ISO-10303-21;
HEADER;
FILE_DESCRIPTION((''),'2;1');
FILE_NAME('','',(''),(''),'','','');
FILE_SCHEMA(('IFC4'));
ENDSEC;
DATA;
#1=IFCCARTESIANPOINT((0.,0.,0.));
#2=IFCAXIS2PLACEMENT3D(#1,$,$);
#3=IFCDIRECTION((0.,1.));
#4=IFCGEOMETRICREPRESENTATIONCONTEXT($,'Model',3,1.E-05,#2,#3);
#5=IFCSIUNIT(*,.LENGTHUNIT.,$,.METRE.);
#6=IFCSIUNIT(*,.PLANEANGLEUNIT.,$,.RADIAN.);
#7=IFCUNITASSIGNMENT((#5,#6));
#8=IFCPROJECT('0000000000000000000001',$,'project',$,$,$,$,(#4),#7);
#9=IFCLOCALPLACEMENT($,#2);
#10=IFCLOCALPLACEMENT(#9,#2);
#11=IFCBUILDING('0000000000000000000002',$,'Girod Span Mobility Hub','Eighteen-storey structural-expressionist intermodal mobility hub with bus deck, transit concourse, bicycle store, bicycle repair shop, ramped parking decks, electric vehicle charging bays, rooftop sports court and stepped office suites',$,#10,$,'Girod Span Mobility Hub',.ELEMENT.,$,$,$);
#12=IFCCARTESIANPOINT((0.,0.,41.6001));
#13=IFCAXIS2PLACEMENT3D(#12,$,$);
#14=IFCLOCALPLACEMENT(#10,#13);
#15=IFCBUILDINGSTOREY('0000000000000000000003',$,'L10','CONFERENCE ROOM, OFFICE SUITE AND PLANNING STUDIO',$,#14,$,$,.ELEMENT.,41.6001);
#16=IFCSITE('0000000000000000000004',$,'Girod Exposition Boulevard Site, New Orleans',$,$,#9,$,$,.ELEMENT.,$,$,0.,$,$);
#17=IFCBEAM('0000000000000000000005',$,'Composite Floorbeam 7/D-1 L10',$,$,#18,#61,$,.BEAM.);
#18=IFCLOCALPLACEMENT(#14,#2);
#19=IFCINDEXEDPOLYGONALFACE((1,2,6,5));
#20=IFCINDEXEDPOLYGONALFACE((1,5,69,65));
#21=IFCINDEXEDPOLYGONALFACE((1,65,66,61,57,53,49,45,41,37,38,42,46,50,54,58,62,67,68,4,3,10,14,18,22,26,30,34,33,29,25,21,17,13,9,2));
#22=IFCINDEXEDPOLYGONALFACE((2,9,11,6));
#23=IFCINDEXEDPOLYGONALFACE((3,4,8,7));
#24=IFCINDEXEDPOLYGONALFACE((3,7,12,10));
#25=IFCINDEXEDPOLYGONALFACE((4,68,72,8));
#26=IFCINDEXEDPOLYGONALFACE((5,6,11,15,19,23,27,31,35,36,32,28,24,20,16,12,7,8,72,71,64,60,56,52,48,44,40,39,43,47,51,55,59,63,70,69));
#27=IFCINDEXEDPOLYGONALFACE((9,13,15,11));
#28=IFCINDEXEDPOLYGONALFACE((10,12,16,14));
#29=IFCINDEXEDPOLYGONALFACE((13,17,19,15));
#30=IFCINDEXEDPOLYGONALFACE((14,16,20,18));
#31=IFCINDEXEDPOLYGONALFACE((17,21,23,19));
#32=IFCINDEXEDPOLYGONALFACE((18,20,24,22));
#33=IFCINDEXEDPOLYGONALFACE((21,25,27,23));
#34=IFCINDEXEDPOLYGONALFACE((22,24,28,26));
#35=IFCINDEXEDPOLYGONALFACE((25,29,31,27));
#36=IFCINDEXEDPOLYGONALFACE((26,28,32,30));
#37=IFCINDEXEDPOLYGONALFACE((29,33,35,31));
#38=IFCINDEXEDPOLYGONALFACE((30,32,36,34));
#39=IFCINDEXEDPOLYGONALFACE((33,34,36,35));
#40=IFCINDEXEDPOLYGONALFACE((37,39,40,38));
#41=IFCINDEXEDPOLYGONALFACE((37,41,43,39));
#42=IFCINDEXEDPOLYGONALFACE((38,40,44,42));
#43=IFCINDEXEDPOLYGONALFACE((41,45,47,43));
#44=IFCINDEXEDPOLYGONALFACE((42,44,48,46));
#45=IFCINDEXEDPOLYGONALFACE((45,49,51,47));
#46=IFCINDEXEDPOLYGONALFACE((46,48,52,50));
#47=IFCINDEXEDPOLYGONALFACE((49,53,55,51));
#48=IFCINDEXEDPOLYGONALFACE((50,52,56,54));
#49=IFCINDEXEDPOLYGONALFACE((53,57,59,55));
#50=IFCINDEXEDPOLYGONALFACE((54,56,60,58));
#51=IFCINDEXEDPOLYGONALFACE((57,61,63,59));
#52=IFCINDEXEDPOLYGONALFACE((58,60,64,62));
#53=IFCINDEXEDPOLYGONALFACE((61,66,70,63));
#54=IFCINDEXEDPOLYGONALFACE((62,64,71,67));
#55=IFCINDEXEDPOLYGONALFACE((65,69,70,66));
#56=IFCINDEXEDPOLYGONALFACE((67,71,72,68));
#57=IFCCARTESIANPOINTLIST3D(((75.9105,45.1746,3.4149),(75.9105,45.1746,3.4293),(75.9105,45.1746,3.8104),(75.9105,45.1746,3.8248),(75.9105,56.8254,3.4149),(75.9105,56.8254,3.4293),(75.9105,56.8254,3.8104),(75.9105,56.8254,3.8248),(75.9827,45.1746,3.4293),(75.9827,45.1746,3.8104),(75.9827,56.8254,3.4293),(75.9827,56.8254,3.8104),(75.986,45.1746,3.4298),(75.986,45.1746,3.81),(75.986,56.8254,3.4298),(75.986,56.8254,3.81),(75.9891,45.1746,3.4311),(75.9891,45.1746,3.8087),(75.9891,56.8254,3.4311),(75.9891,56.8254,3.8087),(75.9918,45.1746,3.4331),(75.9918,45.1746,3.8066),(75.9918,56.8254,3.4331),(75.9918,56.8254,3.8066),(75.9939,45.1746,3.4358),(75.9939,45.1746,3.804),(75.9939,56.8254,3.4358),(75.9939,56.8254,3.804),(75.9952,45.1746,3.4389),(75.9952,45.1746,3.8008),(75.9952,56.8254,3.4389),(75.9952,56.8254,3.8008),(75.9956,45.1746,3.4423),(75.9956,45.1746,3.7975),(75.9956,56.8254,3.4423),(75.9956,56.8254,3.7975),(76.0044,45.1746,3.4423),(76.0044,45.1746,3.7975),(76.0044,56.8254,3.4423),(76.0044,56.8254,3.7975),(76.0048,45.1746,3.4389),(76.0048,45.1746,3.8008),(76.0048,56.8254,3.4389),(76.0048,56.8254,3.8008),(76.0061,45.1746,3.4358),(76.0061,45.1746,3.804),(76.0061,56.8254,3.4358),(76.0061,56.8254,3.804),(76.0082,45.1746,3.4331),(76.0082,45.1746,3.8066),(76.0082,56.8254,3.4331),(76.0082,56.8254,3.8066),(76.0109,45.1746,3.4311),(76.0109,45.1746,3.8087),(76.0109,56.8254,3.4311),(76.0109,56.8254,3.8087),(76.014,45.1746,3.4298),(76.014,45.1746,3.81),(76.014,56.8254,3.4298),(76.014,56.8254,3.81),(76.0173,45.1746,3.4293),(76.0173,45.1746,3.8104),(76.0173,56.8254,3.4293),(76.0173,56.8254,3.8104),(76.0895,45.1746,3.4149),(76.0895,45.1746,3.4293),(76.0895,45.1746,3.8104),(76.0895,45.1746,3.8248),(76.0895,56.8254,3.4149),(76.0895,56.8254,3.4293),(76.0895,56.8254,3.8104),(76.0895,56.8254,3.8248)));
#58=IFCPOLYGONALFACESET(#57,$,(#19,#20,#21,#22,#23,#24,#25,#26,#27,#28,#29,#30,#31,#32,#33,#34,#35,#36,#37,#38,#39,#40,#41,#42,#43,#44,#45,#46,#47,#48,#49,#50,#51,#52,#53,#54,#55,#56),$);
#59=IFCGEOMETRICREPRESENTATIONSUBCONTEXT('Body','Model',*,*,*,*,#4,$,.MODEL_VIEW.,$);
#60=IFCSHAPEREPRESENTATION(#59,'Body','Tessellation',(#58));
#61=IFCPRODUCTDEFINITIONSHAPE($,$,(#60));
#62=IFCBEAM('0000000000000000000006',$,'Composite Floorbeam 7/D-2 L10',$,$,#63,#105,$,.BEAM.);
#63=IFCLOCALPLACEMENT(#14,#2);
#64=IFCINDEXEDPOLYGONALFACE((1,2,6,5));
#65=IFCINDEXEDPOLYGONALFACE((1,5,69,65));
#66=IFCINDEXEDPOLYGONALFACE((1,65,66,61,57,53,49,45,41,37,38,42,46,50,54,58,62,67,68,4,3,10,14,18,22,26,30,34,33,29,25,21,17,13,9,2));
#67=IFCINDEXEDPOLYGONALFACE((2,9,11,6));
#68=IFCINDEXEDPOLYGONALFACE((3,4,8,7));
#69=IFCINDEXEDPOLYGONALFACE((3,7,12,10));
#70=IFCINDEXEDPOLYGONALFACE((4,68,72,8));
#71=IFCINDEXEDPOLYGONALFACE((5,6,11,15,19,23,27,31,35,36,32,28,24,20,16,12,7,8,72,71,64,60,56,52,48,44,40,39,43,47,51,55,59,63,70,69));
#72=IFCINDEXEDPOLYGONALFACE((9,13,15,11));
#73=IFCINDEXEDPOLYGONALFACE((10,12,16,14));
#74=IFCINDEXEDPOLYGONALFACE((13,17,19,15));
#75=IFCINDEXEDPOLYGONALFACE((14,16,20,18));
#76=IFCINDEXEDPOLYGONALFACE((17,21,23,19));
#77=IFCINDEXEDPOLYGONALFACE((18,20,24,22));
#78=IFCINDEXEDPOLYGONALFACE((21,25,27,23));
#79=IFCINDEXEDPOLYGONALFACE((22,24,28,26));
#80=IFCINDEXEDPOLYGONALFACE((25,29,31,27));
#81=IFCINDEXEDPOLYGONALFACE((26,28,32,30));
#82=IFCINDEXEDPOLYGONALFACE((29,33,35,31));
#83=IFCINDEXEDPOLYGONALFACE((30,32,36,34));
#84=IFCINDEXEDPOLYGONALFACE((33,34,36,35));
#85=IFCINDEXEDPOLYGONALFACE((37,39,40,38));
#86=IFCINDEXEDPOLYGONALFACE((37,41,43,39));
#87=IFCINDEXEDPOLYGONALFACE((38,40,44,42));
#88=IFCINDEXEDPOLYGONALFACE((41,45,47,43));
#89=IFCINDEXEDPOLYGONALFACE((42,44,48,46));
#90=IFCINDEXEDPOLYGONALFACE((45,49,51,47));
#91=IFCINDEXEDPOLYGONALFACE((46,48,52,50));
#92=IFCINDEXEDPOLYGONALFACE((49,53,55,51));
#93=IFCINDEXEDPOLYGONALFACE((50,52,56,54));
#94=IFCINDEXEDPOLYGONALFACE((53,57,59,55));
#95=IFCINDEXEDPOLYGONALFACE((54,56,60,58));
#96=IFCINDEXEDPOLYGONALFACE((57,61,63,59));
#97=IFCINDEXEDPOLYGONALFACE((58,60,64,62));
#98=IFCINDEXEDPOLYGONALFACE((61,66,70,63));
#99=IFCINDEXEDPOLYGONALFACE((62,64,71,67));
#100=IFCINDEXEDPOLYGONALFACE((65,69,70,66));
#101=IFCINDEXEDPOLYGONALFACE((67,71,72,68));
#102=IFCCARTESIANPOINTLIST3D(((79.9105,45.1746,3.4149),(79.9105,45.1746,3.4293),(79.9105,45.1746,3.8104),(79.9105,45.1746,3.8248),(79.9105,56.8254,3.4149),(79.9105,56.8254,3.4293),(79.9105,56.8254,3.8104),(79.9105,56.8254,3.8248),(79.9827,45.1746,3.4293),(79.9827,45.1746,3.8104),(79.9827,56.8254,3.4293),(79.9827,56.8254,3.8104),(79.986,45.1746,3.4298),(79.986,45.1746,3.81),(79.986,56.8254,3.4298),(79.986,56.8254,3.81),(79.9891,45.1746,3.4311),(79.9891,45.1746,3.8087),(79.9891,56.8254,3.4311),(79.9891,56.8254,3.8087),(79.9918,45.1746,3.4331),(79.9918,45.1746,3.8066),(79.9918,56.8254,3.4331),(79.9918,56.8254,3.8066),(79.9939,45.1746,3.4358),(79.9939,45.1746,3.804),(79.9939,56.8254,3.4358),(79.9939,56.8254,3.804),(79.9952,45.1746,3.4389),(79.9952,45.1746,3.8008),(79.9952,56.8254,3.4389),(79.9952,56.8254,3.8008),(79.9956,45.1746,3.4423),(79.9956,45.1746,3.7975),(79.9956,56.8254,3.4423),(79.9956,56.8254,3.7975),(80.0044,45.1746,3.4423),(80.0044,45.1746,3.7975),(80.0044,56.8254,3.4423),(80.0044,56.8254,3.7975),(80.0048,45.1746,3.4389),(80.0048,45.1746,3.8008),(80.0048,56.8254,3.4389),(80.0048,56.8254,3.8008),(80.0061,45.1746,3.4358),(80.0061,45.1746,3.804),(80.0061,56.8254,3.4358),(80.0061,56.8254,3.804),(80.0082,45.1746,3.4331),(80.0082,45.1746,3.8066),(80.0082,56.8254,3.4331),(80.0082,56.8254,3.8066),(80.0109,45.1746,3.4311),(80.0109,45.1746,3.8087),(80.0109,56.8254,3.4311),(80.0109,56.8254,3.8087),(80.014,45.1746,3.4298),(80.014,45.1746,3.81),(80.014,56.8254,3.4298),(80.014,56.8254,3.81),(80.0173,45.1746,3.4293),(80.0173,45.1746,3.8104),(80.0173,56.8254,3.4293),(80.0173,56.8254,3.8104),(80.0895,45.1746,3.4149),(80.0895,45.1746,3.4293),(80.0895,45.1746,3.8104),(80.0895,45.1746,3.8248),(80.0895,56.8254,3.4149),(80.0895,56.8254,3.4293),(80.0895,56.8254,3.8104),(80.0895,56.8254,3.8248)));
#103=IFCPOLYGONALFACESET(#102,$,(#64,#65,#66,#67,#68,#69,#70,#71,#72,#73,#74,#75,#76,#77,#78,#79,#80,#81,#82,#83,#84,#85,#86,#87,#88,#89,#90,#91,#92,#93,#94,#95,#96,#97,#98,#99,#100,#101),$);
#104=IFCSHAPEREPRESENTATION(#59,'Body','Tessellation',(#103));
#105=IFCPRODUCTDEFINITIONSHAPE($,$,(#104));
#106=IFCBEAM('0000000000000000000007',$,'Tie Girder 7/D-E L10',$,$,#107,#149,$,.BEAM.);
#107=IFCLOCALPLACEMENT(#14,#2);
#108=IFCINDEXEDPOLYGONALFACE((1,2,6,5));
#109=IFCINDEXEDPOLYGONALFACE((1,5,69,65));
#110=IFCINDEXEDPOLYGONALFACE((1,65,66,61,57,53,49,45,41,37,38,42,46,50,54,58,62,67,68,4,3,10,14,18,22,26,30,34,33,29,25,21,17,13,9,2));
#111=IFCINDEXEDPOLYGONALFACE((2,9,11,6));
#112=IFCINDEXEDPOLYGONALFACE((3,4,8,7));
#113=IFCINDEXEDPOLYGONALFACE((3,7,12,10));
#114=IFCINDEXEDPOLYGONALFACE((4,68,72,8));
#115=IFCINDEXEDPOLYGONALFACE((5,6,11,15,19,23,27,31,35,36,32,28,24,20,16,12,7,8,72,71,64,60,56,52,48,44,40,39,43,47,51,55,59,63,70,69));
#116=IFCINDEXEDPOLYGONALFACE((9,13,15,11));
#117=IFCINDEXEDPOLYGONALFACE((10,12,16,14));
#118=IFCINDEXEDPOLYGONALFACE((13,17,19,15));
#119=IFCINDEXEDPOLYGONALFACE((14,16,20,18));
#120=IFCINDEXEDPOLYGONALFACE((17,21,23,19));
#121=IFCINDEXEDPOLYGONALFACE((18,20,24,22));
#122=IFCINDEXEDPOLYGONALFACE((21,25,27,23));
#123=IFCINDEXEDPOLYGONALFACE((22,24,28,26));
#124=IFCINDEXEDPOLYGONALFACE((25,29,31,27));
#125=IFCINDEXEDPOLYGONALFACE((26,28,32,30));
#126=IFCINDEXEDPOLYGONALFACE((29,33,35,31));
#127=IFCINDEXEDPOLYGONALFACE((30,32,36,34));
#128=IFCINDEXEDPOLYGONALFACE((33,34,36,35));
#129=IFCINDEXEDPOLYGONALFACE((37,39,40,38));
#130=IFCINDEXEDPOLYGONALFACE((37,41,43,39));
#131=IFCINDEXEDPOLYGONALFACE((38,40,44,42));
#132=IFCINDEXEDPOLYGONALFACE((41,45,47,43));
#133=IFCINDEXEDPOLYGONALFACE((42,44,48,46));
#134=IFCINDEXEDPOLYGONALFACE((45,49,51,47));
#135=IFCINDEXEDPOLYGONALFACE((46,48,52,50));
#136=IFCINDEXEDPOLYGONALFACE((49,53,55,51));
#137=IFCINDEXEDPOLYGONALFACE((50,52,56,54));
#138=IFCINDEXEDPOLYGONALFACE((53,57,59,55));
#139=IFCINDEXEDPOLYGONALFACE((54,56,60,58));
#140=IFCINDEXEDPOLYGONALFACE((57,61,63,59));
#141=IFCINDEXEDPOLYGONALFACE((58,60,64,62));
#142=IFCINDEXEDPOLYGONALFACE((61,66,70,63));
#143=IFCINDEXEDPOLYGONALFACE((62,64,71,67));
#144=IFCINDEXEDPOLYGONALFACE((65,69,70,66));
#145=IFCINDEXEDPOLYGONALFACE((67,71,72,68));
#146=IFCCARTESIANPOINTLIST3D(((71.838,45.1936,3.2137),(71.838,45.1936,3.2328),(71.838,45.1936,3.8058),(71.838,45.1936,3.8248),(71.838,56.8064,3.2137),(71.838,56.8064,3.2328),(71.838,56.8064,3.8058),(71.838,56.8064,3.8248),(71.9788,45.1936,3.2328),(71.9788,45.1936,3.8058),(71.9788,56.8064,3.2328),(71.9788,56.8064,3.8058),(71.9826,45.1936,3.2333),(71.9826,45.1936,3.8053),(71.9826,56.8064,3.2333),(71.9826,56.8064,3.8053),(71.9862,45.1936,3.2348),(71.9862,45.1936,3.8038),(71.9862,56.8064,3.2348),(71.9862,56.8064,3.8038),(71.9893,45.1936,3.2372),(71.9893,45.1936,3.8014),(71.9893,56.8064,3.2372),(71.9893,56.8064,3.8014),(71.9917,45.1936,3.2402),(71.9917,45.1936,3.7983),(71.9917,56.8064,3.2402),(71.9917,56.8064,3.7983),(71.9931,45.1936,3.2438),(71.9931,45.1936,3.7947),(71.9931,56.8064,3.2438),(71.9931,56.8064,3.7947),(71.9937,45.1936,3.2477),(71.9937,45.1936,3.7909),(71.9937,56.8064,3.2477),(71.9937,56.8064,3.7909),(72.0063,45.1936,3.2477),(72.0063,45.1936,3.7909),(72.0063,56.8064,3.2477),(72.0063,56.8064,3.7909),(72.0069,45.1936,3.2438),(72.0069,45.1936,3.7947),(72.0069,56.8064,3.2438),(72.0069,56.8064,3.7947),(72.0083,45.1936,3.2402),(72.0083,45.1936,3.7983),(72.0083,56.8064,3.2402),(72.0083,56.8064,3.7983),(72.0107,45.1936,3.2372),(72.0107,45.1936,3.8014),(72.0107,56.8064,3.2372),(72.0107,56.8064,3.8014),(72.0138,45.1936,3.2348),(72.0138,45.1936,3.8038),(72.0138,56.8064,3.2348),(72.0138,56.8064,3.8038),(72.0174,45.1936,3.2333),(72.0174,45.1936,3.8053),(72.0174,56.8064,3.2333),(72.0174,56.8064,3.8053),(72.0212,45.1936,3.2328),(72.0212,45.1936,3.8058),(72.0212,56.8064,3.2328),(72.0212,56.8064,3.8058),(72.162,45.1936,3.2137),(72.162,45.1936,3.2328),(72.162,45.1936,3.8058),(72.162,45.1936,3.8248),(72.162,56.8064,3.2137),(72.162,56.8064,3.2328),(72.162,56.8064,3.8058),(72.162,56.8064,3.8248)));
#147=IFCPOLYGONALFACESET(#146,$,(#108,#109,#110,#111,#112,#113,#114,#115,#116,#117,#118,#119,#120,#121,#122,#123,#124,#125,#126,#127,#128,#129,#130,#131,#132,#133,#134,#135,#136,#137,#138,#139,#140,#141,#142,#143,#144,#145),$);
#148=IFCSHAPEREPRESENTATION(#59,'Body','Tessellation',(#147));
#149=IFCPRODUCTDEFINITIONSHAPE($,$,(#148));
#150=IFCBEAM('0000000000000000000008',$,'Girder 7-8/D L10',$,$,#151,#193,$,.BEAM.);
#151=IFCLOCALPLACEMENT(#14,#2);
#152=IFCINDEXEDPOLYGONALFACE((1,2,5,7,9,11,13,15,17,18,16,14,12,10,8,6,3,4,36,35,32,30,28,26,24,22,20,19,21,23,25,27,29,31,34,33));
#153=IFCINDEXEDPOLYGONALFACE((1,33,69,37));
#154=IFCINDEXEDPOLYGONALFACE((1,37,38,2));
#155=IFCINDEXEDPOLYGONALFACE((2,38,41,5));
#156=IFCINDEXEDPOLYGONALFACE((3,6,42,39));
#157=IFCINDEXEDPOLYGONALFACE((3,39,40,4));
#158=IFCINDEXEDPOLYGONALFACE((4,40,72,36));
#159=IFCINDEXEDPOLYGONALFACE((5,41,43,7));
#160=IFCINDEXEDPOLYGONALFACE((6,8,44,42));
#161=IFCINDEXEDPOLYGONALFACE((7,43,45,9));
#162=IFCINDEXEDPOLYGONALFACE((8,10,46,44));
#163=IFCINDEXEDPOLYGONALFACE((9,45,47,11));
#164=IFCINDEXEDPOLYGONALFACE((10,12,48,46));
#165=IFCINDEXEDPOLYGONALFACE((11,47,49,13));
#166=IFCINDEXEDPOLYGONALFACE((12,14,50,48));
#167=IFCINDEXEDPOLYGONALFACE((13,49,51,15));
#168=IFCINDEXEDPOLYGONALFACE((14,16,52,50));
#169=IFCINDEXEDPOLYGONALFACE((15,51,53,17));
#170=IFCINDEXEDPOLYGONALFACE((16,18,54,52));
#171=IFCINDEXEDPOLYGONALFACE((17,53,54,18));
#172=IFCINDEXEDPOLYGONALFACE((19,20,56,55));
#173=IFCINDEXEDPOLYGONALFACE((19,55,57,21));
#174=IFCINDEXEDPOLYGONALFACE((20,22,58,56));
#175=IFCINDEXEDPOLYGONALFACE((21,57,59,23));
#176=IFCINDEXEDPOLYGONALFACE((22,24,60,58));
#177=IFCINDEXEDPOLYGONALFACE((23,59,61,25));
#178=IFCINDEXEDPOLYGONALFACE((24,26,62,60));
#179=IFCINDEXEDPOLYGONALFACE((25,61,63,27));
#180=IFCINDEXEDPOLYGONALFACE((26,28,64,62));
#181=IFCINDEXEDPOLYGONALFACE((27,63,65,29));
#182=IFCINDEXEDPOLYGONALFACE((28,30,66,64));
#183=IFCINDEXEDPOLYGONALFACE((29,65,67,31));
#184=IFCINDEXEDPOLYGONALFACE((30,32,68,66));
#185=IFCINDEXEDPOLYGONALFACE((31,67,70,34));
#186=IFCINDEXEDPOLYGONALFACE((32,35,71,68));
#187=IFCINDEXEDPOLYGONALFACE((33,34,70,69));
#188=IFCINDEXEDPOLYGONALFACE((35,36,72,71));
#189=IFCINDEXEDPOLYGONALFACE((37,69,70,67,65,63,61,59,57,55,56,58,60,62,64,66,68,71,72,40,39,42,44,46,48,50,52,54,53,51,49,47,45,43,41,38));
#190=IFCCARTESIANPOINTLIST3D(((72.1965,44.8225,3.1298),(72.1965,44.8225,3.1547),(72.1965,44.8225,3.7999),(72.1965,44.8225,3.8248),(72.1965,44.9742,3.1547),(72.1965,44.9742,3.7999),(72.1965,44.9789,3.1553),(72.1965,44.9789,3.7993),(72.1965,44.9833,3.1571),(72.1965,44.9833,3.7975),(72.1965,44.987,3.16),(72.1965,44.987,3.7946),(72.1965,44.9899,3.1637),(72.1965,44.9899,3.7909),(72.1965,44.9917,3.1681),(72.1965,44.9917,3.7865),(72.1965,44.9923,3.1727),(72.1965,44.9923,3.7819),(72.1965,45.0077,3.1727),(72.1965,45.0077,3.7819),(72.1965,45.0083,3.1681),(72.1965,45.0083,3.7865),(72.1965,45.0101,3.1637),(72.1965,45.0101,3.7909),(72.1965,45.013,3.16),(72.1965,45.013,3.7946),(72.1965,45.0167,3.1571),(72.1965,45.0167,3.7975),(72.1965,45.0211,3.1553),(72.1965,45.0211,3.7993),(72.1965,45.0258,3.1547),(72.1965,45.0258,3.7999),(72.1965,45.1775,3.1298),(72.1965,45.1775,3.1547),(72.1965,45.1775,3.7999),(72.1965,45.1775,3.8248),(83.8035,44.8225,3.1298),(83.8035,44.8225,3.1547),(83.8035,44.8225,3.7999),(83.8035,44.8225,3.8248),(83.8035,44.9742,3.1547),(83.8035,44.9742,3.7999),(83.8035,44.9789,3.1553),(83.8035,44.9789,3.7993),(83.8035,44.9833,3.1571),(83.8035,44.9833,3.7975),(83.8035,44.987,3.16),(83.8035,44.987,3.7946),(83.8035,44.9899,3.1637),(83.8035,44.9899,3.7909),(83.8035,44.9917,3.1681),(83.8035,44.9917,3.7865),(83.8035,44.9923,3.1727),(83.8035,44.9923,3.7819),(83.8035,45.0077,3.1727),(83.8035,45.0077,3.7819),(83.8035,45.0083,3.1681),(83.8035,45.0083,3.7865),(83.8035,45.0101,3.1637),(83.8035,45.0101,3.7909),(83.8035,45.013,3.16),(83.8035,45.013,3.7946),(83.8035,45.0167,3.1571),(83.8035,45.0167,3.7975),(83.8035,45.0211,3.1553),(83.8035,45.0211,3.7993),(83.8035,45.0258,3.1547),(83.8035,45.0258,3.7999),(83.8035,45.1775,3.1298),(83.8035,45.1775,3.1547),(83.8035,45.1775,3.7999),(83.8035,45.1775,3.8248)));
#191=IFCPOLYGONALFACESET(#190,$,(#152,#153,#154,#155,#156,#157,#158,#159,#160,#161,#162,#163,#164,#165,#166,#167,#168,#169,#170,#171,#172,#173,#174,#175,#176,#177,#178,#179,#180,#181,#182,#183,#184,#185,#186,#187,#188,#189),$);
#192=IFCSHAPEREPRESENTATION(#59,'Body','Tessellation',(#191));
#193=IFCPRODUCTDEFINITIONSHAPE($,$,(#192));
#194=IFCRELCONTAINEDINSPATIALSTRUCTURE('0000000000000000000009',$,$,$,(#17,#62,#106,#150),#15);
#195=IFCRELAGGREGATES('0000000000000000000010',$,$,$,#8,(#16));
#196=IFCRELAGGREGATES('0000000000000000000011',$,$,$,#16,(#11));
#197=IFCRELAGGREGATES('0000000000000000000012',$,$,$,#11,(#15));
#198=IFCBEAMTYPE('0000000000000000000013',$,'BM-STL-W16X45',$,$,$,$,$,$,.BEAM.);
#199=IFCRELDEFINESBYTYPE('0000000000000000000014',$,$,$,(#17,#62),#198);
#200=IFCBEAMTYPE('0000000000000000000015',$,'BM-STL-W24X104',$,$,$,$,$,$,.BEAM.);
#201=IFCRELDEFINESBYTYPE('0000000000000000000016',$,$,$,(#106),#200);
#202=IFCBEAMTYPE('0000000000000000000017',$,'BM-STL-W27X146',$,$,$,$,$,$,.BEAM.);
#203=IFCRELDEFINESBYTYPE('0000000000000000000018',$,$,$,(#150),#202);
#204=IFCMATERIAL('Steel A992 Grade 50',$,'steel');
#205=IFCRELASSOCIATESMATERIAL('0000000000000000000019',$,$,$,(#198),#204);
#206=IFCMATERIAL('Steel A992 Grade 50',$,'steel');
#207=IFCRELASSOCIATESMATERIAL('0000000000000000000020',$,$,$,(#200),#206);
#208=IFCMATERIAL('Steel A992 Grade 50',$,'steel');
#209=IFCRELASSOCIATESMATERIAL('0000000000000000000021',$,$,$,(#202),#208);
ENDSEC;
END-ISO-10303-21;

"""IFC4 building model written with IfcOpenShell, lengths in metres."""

from ifc_helpers import new_model, si_unit, direction, frame, origin, origin_2d, place, context, subcontext, project, spatial, i_section, extrude, material, material_profile, profile_set, type_object, element, save


model = new_model("IFC4")

# Units and contexts
model_context = context("Model", 3, precision=1e-05, world=origin(), true_north=direction((0.0, 1.0)))
body_context = subcontext(model_context, "Body", "Model", "MODEL_VIEW")
ifc_project = project(units=[si_unit("LENGTHUNIT", "METRE"), si_unit("PLANEANGLEUNIT", "RADIAN")], contexts=[model_context])

# Site, building, storey
site_placement = place(None, origin())
site = spatial("IfcSite", under=ifc_project, at=site_placement, Name="Girod Exposition Boulevard Site, New Orleans", CompositionType="ELEMENT", RefElevation=0.0)
building_placement = place(site_placement, origin())
building = spatial("IfcBuilding", under=site, at=building_placement, Name="Girod Span Mobility Hub", Description="Eighteen-storey structural-expressionist intermodal mobility hub with bus deck, transit concourse, bicycle store, bicycle repair shop, ramped parking decks, electric vehicle charging bays, rooftop sports court and stepped office suites", LongName="Girod Span Mobility Hub", CompositionType="ELEMENT")
storey_placement = place(building_placement, frame((0.0, 0.0, 41.6001)))
storey = spatial("IfcBuildingStorey", under=building, at=storey_placement, Name="L10", Description="CONFERENCE ROOM, OFFICE SUITE AND PLANNING STUDIO", CompositionType="ELEMENT", Elevation=41.6001)

# Beams
ifc_material_1 = material(Name="Steel A992 Grade 50", Category="steel")
ifc_material_profile_1 = material_profile(ifc_material_1, i_section(OverallWidth=0.179, OverallDepth=0.4099, WebThickness=0.0088, FlangeThickness=0.0144, FilletRadius=0.0129, at=origin_2d()), Name="W16X45")
ifc_profile_set_1 = profile_set([ifc_material_profile_1], Name="Steel A992 Grade 50")
beam_type_1 = type_object("IfcBeamType", Name="BM-STL-W16X45", PredefinedType="BEAM", material=ifc_profile_set_1)
for number, where, z_axis, x_axis, name in (
    (1, (76.0, 45.1746, 3.6199), (0.0, 1.0, 0.0), (-1.0, 0.0, 0.0), "Composite Floorbeam 7/D-1 L10"),
    (2, (80.0, 45.1746, 3.6199), (0.0, 1.0, 0.0), (-1.0, 0.0, 0.0), "Composite Floorbeam 7/D-2 L10"),
):
    element("IfcBeam", number, at=place(storey_placement, frame(where, z_axis=z_axis, x_axis=x_axis)), inside=storey, type_object=beam_type_1, Name=name, PredefinedType="BEAM", context=body_context, shape_type="SweptSolid", body=[
        extrude(i_section(OverallWidth=0.179, OverallDepth=0.4099, WebThickness=0.0088, FlangeThickness=0.0144, FilletRadius=0.0129, at=origin_2d()), origin(), (0.0, 0.0, 1.0), 11.6509),
    ])
ifc_material_2 = material(Name="Steel A992 Grade 50", Category="steel")
ifc_material_profile_2 = material_profile(ifc_material_2, i_section(OverallWidth=0.324, OverallDepth=0.6111, WebThickness=0.0127, FlangeThickness=0.019, FilletRadius=0.0149, at=origin_2d()), Name="W24X104")
ifc_profile_set_2 = profile_set([ifc_material_profile_2], Name="Steel A992 Grade 50")
beam_type_2 = type_object("IfcBeamType", Name="BM-STL-W24X104", PredefinedType="BEAM", material=ifc_profile_set_2)
beam_1_placement = place(storey_placement, frame((72.0, 45.1936, 3.5193), z_axis=(0.0, 1.0, 0.0), x_axis=(-1.0, 0.0, 0.0)))
element("IfcBeam", 3, at=beam_1_placement, inside=storey, type_object=beam_type_2, Name="Tie Girder 7/D-E L10", PredefinedType="BEAM", context=body_context, shape_type="SweptSolid", body=[
    extrude(i_section(OverallWidth=0.324, OverallDepth=0.6111, WebThickness=0.0127, FlangeThickness=0.019, FilletRadius=0.0149, at=origin_2d()), origin(), (0.0, 0.0, 1.0), 11.6128),
])
ifc_material_3 = material(Name="Steel A992 Grade 50", Category="steel")
ifc_material_profile_3 = material_profile(ifc_material_3, i_section(OverallWidth=0.355, OverallDepth=0.6951, WebThickness=0.0154, FlangeThickness=0.0249, FilletRadius=0.0181, at=origin_2d()), Name="W27X146")
ifc_profile_set_3 = profile_set([ifc_material_profile_3], Name="Steel A992 Grade 50")
beam_type_3 = type_object("IfcBeamType", Name="BM-STL-W27X146", PredefinedType="BEAM", material=ifc_profile_set_3)
for number, where, z_axis, x_axis, name in (
    (4, (72.1965, 45.0, 3.4773), (1.0, 0.0, 0.0), (0.0, 1.0, 0.0), "Girder 7-8/D L10"),
):
    element("IfcBeam", number, at=place(storey_placement, frame(where, z_axis=z_axis, x_axis=x_axis)), inside=storey, type_object=beam_type_3, Name=name, PredefinedType="BEAM", context=body_context, shape_type="SweptSolid", body=[
        extrude(i_section(OverallWidth=0.355, OverallDepth=0.6951, WebThickness=0.0154, FlangeThickness=0.0249, FilletRadius=0.0181, at=origin_2d()), origin(), (0.0, 0.0, 1.0), 11.6069),
    ])

save(model, "model.ifc")
